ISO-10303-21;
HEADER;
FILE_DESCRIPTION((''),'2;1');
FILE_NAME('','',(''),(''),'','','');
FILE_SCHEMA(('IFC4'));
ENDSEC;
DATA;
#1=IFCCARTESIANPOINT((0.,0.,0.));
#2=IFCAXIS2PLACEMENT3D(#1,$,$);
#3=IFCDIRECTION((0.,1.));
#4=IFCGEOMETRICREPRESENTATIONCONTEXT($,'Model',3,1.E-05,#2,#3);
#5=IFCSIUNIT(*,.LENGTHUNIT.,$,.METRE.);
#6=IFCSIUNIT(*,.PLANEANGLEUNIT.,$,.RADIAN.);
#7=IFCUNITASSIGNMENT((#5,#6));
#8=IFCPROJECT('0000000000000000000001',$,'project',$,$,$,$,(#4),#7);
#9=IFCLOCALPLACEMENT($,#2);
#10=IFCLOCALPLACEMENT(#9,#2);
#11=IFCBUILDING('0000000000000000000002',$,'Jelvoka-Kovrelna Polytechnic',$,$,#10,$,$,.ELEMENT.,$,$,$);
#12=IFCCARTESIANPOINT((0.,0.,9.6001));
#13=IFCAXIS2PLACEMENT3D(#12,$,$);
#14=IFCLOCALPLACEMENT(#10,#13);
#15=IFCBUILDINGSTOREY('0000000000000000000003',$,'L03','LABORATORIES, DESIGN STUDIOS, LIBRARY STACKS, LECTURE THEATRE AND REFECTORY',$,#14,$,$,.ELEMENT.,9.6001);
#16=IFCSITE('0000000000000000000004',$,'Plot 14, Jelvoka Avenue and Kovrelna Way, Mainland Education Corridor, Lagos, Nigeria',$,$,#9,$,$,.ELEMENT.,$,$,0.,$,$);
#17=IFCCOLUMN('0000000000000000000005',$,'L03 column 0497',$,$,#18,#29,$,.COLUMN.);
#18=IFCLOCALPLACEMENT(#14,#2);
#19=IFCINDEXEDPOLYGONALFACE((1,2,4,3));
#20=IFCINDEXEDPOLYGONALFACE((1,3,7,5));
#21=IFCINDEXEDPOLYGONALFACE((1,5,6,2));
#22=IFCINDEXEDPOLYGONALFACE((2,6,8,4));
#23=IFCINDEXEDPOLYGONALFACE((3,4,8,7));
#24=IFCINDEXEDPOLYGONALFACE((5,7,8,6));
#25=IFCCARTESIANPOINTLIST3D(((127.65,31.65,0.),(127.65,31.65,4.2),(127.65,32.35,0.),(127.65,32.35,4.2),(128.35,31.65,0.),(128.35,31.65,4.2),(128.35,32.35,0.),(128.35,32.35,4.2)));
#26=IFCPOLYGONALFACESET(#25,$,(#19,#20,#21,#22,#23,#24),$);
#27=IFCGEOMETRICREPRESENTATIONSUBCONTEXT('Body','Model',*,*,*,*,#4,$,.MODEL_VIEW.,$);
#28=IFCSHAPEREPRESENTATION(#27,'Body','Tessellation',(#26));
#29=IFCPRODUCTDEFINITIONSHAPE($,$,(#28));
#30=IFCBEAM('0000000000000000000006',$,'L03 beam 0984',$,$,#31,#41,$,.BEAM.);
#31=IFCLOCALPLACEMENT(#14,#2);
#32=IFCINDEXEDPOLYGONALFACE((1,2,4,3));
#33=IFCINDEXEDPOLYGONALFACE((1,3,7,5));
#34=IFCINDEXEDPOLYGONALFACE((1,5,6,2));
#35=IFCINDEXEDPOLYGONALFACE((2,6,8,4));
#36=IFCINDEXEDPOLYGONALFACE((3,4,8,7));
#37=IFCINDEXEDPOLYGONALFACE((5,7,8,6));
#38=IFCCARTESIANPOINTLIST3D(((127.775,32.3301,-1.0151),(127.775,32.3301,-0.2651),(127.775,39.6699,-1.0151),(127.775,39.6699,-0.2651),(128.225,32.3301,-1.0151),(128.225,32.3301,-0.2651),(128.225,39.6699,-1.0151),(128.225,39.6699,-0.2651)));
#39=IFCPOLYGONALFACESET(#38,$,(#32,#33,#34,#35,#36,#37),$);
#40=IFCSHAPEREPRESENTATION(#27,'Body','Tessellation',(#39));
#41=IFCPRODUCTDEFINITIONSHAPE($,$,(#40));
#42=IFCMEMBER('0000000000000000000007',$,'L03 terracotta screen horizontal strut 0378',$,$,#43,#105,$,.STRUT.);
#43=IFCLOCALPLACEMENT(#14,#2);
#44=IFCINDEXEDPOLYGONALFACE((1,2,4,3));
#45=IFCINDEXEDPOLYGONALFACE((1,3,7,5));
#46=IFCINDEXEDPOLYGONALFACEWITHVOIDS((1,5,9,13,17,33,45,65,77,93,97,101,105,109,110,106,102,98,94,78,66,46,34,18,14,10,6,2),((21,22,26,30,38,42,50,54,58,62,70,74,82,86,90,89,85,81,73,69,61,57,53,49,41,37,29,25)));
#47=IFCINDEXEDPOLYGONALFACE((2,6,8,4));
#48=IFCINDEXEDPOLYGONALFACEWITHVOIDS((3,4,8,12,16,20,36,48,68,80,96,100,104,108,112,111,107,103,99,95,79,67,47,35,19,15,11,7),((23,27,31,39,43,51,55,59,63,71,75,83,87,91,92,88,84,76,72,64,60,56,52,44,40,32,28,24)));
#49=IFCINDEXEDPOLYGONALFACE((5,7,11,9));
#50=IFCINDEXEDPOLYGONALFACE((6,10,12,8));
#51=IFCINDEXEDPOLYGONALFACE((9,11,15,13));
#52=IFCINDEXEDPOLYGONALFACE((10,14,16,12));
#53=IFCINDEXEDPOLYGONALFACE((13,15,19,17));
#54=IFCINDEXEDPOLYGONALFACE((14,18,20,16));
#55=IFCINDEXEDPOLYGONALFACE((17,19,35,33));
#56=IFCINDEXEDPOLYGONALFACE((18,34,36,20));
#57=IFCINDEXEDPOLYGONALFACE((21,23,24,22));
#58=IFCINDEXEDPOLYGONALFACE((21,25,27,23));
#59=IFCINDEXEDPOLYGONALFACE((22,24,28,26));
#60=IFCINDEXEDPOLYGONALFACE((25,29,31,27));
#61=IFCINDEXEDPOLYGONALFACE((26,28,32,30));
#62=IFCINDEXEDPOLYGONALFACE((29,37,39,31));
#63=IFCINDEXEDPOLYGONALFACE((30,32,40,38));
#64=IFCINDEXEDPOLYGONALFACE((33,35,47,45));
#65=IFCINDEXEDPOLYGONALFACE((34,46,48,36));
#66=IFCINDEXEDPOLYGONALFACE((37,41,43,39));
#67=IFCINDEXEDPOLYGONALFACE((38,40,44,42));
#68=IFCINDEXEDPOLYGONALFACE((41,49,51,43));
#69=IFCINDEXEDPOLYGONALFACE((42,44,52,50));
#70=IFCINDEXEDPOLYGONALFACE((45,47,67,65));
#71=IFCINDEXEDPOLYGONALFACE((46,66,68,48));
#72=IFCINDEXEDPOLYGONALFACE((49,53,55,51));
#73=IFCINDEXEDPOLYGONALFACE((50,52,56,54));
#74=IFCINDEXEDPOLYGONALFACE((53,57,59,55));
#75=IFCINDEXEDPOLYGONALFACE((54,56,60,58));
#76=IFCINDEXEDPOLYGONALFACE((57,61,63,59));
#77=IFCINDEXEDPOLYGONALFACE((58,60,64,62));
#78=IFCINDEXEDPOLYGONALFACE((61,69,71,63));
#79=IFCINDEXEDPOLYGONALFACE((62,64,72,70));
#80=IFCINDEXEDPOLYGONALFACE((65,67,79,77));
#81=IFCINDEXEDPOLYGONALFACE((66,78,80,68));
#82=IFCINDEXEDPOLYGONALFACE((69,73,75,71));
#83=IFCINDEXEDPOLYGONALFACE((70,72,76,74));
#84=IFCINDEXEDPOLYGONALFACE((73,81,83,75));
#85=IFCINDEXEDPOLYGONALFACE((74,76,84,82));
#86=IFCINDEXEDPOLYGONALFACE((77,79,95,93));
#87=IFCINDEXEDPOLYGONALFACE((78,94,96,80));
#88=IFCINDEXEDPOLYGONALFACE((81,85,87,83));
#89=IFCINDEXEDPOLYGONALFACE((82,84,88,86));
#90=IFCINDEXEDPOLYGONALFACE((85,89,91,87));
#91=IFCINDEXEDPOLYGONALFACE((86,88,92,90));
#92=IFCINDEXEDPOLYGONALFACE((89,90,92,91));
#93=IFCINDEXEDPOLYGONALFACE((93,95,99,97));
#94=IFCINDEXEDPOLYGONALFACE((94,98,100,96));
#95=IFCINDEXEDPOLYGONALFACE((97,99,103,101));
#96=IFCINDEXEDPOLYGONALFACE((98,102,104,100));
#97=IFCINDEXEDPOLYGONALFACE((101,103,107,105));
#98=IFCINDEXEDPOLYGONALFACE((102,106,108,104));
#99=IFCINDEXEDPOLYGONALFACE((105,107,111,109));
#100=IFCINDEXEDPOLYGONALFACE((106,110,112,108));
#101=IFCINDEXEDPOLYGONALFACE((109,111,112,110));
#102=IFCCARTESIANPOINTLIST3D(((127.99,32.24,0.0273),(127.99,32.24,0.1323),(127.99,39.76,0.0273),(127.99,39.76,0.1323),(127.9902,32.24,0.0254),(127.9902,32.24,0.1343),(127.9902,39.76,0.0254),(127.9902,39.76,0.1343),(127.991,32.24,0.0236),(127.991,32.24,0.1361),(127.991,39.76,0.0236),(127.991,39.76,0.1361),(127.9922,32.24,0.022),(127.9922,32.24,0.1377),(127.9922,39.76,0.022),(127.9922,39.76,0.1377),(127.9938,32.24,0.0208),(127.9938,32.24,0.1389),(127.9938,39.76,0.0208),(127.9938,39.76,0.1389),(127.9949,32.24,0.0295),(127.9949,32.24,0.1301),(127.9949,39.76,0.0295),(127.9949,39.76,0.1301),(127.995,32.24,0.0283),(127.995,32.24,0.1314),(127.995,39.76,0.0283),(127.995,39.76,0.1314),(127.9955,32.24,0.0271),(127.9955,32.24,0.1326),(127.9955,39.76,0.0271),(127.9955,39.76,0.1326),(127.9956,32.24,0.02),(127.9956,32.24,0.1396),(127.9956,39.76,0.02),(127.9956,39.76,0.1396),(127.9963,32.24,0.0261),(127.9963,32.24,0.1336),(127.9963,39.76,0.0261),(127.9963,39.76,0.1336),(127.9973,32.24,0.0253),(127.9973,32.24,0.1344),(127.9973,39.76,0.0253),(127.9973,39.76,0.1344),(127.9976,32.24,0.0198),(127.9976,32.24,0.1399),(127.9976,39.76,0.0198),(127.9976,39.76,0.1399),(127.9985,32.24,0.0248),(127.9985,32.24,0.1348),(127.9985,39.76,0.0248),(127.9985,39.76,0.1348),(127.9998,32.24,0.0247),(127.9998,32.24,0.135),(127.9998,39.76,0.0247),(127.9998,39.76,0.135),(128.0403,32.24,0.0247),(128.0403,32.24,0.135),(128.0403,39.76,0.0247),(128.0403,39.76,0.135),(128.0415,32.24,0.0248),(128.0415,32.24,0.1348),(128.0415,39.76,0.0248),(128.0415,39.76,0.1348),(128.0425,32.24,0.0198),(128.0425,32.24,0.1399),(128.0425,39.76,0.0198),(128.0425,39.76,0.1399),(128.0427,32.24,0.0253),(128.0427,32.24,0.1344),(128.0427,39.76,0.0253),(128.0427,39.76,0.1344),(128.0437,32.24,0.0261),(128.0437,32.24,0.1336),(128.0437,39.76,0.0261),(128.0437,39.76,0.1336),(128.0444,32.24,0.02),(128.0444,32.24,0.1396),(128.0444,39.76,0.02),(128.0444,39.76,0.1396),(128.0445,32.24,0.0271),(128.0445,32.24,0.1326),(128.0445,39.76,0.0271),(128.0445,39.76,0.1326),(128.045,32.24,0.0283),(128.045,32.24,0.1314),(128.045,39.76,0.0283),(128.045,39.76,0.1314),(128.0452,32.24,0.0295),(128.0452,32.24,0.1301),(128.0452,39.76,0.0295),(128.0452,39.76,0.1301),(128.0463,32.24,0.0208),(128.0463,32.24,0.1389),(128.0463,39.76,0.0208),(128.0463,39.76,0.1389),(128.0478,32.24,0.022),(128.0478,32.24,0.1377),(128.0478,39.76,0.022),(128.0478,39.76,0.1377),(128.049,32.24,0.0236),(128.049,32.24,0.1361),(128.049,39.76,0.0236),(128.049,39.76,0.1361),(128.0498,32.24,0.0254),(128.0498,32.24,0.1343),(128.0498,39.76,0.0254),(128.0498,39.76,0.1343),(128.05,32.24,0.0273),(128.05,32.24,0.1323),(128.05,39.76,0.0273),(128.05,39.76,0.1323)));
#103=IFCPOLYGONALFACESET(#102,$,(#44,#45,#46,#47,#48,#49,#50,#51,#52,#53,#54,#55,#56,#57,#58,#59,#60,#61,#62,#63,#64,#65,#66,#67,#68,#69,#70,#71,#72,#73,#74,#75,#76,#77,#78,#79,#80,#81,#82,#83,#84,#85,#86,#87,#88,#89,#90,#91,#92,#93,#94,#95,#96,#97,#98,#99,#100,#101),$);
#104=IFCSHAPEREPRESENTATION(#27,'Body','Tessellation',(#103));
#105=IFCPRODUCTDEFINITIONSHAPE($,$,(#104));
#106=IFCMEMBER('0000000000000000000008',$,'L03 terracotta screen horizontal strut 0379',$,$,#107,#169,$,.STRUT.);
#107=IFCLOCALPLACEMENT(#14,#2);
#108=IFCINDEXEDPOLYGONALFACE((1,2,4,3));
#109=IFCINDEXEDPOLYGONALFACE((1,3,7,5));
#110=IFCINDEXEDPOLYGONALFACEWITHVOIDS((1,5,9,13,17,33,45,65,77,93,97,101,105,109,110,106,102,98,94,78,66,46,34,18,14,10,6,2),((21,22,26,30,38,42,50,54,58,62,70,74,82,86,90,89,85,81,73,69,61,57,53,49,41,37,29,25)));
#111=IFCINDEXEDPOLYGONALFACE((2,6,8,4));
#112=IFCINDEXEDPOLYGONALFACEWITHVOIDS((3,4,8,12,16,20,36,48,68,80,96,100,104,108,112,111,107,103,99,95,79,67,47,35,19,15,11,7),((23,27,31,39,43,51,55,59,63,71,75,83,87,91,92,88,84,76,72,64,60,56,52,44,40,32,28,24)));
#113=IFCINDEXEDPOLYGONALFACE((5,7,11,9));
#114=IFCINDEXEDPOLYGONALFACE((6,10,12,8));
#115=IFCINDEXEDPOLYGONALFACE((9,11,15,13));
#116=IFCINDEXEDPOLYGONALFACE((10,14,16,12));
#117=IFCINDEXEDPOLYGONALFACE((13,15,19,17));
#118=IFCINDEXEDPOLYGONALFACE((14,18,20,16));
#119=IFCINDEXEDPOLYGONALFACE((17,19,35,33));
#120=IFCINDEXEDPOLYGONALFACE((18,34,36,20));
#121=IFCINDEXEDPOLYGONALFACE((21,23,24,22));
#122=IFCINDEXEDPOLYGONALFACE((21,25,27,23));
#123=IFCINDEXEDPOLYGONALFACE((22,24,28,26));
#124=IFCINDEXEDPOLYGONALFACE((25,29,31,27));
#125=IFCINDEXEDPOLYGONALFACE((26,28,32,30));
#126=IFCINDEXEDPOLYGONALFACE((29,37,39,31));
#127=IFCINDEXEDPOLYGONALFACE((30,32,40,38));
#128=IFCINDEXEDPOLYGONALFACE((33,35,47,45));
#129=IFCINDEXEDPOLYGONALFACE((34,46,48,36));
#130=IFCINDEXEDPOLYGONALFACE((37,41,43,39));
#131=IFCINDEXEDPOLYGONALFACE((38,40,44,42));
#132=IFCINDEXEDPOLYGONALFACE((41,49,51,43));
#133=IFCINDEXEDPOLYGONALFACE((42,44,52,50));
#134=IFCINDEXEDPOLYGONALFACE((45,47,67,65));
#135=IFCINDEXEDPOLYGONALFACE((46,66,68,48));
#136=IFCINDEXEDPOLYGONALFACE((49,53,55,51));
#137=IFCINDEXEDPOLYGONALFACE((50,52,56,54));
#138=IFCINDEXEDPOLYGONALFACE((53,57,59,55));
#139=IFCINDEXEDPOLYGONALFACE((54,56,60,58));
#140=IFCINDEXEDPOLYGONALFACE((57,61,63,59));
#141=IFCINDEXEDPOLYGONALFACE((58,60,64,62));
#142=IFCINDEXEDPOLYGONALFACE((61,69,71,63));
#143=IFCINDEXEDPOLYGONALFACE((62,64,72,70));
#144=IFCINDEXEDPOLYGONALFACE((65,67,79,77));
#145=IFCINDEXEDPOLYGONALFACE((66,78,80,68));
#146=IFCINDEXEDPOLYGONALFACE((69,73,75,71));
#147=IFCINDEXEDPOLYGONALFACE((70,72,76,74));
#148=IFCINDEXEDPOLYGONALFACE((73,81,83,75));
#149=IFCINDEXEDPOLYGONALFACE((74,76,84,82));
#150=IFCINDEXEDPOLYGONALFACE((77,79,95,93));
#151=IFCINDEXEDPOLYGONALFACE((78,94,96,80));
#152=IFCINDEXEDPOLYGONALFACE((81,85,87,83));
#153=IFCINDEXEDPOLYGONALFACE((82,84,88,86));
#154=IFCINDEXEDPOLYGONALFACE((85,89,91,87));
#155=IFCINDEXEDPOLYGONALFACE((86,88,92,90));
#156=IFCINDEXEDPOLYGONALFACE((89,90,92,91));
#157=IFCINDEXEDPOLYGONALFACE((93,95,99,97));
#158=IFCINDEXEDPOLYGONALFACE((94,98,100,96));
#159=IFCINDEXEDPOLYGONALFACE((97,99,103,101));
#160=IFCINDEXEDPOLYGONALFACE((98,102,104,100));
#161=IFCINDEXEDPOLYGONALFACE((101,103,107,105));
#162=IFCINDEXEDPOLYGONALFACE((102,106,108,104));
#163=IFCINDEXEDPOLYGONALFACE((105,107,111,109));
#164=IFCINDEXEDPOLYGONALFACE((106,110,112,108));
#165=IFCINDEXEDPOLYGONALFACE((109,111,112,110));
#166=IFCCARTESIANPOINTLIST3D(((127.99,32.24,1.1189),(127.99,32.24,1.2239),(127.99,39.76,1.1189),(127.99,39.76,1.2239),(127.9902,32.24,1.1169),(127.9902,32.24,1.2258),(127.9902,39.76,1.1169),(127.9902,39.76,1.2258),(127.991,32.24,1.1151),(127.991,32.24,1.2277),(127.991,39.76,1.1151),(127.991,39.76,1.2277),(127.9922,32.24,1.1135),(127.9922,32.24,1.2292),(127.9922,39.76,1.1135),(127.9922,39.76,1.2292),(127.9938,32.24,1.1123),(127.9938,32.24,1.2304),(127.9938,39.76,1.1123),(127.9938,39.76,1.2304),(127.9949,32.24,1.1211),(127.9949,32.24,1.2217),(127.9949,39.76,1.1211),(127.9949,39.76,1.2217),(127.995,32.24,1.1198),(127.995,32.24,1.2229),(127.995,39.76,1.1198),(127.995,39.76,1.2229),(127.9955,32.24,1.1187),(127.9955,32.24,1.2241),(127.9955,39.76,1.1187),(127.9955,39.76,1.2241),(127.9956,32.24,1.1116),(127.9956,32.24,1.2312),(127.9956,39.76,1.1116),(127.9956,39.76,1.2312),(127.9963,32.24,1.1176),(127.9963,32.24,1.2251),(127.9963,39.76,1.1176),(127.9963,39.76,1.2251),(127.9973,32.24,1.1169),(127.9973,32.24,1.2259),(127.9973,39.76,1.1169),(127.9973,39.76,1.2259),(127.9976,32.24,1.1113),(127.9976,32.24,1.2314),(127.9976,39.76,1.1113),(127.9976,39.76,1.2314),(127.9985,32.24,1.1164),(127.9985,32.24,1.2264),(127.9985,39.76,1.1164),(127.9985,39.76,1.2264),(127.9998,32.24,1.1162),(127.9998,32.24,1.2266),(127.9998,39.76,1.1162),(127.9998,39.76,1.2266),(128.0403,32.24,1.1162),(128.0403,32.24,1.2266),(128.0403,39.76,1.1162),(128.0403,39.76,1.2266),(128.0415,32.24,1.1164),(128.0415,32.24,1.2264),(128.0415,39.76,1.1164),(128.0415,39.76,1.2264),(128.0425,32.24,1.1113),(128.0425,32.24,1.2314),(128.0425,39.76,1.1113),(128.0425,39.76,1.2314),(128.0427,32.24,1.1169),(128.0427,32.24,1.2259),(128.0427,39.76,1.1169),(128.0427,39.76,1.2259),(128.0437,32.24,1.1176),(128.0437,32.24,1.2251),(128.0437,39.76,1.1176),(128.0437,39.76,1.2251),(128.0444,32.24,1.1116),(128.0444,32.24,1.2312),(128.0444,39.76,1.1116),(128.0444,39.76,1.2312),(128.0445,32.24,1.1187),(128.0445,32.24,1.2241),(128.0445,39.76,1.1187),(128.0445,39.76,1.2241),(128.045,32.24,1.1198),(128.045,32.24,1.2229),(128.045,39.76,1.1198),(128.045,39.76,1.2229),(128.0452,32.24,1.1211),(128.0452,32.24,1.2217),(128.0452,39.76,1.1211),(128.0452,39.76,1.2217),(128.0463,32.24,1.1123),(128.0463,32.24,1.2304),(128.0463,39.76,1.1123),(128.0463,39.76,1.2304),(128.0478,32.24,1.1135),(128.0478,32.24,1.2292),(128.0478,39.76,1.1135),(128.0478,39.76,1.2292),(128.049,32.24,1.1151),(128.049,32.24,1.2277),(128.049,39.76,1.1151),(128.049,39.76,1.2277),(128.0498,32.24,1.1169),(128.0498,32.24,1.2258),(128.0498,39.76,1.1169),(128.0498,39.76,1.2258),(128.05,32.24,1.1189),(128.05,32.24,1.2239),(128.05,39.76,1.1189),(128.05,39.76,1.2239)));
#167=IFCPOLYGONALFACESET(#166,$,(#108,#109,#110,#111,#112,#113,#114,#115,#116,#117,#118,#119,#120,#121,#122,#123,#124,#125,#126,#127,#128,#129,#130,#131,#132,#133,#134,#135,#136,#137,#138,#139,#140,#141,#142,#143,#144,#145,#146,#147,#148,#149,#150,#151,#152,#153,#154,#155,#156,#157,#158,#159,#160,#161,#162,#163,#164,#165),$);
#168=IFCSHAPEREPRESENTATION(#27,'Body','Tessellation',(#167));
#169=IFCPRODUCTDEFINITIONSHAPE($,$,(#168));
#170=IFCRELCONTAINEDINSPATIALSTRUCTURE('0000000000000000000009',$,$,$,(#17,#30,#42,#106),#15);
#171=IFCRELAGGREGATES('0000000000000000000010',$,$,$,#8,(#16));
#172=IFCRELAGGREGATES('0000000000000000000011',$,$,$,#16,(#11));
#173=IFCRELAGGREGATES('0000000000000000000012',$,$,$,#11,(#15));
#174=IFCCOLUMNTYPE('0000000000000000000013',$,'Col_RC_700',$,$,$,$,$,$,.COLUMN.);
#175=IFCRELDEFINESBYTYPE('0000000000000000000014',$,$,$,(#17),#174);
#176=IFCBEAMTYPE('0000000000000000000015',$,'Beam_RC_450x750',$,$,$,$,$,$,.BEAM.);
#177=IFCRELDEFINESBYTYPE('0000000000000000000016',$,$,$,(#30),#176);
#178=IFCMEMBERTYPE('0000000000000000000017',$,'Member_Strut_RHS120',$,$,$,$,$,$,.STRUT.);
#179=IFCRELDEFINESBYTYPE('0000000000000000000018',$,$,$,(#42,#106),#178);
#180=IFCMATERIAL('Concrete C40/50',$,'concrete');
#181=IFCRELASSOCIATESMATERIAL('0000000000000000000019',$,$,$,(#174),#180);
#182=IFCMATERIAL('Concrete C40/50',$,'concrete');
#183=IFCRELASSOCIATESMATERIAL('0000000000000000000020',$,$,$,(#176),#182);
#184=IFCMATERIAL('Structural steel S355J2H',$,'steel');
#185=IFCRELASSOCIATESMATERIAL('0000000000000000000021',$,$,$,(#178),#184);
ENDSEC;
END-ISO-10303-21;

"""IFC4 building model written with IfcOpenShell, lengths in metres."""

from ifc_helpers import new_model, si_unit, direction, frame, origin, origin_2d, place, context, subcontext, project, spatial, rectangle, hollow_rectangle, extrude, material, material_profile, profile_set, type_object, element, save


model = new_model("IFC4")

# Units and contexts
model_context = context("Model", 3, precision=1e-05, world=origin(), true_north=direction((0.0, 1.0)))
body_context = subcontext(model_context, "Body", "Model", "MODEL_VIEW")
ifc_project = project(units=[si_unit("LENGTHUNIT", "METRE"), si_unit("PLANEANGLEUNIT", "RADIAN")], contexts=[model_context])

# Site, building, storey
site_placement = place(None, origin())
site = spatial("IfcSite", under=ifc_project, at=site_placement, Name="Plot 14, Jelvoka Avenue and Kovrelna Way, Mainland Education Corridor, Lagos, Nigeria", CompositionType="ELEMENT", RefElevation=0.0)
building_placement = place(site_placement, origin())
building = spatial("IfcBuilding", under=site, at=building_placement, Name="Jelvoka-Kovrelna Polytechnic", CompositionType="ELEMENT")
storey_placement = place(building_placement, frame((0.0, 0.0, 9.6001)))
storey = spatial("IfcBuildingStorey", under=building, at=storey_placement, Name="L03", Description="LABORATORIES, DESIGN STUDIOS, LIBRARY STACKS, LECTURE THEATRE AND REFECTORY", CompositionType="ELEMENT", Elevation=9.6001)

# Column
ifc_material_1 = material(Name="Concrete C40/50", Category="concrete")
ifc_material_profile_1 = material_profile(ifc_material_1, rectangle(XDim=0.7, YDim=0.7, at=origin_2d()), Name="RC 700x700")
ifc_profile_set_1 = profile_set([ifc_material_profile_1], Name="Concrete C40/50")
column_type = type_object("IfcColumnType", Name="Col_RC_700", PredefinedType="COLUMN", material=ifc_profile_set_1)
column_placement = place(storey_placement, frame((128.0, 32.0, 0.0), z_axis=(0.0, 0.0, 1.0), x_axis=(1.0, 0.0, 0.0)))
element("IfcColumn", 1, at=column_placement, inside=storey, type_object=column_type, Name="L03 column 0497", PredefinedType="COLUMN", context=body_context, shape_type="SweptSolid", body=[
    extrude(rectangle(XDim=0.7, YDim=0.7, at=origin_2d()), origin(), (0.0, 0.0, 1.0), 4.2),
])

# Beam
ifc_material_2 = material(Name="Concrete C40/50", Category="concrete")
ifc_material_profile_2 = material_profile(ifc_material_2, rectangle(XDim=0.45, YDim=0.75, at=origin_2d()), Name="RC 450x750")
ifc_profile_set_2 = profile_set([ifc_material_profile_2], Name="Concrete C40/50")
beam_type_1 = type_object("IfcBeamType", Name="Beam_RC_450x750", PredefinedType="BEAM", material=ifc_profile_set_2)
beam_1_placement = place(storey_placement, frame((128.0, 32.3301, -0.6401), z_axis=(0.0, 1.0, 0.0), x_axis=(-1.0, 0.0, 0.0)))
element("IfcBeam", 2, at=beam_1_placement, inside=storey, type_object=beam_type_1, Name="L03 beam 0984", PredefinedType="BEAM", context=body_context, shape_type="SweptSolid", body=[
    extrude(rectangle(XDim=0.45, YDim=0.75, at=origin_2d()), origin(), (0.0, 0.0, 1.0), 7.3398),
])

# Members
ifc_material_3 = material(Name="Structural steel S355J2H", Category="steel")
ifc_material_profile_3 = material_profile(ifc_material_3, hollow_rectangle(XDim=0.0601, YDim=0.1201, WallThickness=0.0049, InnerFilletRadius=0.0049, OuterFilletRadius=0.0076, at=origin_2d()), Name="120x60x5.0 RHS")
ifc_profile_set_3 = profile_set([ifc_material_profile_3], Name="Structural steel S355J2H")
member_type_1 = type_object("IfcMemberType", Name="Member_Strut_RHS120", PredefinedType="STRUT", material=ifc_profile_set_3)
for number, where, z_axis, x_axis, name in (
    (3, (128.02, 32.24, 0.0798), (0.0, 1.0, 0.0), (-1.0, 0.0, 0.0), "L03 terracotta screen horizontal strut 0378"),
    (4, (128.02, 32.24, 1.1714), (0.0, 1.0, 0.0), (-1.0, 0.0, 0.0), "L03 terracotta screen horizontal strut 0379"),
):
    element("IfcMember", number, at=place(storey_placement, frame(where, z_axis=z_axis, x_axis=x_axis)), inside=storey, type_object=member_type_1, Name=name, PredefinedType="STRUT", context=body_context, shape_type="SweptSolid", body=[
        extrude(hollow_rectangle(XDim=0.0601, YDim=0.1201, WallThickness=0.0049, InnerFilletRadius=0.0049, OuterFilletRadius=0.0076, at=origin_2d()), origin(), (0.0, 0.0, 1.0), 7.52),
    ])

save(model, "model.ifc")
